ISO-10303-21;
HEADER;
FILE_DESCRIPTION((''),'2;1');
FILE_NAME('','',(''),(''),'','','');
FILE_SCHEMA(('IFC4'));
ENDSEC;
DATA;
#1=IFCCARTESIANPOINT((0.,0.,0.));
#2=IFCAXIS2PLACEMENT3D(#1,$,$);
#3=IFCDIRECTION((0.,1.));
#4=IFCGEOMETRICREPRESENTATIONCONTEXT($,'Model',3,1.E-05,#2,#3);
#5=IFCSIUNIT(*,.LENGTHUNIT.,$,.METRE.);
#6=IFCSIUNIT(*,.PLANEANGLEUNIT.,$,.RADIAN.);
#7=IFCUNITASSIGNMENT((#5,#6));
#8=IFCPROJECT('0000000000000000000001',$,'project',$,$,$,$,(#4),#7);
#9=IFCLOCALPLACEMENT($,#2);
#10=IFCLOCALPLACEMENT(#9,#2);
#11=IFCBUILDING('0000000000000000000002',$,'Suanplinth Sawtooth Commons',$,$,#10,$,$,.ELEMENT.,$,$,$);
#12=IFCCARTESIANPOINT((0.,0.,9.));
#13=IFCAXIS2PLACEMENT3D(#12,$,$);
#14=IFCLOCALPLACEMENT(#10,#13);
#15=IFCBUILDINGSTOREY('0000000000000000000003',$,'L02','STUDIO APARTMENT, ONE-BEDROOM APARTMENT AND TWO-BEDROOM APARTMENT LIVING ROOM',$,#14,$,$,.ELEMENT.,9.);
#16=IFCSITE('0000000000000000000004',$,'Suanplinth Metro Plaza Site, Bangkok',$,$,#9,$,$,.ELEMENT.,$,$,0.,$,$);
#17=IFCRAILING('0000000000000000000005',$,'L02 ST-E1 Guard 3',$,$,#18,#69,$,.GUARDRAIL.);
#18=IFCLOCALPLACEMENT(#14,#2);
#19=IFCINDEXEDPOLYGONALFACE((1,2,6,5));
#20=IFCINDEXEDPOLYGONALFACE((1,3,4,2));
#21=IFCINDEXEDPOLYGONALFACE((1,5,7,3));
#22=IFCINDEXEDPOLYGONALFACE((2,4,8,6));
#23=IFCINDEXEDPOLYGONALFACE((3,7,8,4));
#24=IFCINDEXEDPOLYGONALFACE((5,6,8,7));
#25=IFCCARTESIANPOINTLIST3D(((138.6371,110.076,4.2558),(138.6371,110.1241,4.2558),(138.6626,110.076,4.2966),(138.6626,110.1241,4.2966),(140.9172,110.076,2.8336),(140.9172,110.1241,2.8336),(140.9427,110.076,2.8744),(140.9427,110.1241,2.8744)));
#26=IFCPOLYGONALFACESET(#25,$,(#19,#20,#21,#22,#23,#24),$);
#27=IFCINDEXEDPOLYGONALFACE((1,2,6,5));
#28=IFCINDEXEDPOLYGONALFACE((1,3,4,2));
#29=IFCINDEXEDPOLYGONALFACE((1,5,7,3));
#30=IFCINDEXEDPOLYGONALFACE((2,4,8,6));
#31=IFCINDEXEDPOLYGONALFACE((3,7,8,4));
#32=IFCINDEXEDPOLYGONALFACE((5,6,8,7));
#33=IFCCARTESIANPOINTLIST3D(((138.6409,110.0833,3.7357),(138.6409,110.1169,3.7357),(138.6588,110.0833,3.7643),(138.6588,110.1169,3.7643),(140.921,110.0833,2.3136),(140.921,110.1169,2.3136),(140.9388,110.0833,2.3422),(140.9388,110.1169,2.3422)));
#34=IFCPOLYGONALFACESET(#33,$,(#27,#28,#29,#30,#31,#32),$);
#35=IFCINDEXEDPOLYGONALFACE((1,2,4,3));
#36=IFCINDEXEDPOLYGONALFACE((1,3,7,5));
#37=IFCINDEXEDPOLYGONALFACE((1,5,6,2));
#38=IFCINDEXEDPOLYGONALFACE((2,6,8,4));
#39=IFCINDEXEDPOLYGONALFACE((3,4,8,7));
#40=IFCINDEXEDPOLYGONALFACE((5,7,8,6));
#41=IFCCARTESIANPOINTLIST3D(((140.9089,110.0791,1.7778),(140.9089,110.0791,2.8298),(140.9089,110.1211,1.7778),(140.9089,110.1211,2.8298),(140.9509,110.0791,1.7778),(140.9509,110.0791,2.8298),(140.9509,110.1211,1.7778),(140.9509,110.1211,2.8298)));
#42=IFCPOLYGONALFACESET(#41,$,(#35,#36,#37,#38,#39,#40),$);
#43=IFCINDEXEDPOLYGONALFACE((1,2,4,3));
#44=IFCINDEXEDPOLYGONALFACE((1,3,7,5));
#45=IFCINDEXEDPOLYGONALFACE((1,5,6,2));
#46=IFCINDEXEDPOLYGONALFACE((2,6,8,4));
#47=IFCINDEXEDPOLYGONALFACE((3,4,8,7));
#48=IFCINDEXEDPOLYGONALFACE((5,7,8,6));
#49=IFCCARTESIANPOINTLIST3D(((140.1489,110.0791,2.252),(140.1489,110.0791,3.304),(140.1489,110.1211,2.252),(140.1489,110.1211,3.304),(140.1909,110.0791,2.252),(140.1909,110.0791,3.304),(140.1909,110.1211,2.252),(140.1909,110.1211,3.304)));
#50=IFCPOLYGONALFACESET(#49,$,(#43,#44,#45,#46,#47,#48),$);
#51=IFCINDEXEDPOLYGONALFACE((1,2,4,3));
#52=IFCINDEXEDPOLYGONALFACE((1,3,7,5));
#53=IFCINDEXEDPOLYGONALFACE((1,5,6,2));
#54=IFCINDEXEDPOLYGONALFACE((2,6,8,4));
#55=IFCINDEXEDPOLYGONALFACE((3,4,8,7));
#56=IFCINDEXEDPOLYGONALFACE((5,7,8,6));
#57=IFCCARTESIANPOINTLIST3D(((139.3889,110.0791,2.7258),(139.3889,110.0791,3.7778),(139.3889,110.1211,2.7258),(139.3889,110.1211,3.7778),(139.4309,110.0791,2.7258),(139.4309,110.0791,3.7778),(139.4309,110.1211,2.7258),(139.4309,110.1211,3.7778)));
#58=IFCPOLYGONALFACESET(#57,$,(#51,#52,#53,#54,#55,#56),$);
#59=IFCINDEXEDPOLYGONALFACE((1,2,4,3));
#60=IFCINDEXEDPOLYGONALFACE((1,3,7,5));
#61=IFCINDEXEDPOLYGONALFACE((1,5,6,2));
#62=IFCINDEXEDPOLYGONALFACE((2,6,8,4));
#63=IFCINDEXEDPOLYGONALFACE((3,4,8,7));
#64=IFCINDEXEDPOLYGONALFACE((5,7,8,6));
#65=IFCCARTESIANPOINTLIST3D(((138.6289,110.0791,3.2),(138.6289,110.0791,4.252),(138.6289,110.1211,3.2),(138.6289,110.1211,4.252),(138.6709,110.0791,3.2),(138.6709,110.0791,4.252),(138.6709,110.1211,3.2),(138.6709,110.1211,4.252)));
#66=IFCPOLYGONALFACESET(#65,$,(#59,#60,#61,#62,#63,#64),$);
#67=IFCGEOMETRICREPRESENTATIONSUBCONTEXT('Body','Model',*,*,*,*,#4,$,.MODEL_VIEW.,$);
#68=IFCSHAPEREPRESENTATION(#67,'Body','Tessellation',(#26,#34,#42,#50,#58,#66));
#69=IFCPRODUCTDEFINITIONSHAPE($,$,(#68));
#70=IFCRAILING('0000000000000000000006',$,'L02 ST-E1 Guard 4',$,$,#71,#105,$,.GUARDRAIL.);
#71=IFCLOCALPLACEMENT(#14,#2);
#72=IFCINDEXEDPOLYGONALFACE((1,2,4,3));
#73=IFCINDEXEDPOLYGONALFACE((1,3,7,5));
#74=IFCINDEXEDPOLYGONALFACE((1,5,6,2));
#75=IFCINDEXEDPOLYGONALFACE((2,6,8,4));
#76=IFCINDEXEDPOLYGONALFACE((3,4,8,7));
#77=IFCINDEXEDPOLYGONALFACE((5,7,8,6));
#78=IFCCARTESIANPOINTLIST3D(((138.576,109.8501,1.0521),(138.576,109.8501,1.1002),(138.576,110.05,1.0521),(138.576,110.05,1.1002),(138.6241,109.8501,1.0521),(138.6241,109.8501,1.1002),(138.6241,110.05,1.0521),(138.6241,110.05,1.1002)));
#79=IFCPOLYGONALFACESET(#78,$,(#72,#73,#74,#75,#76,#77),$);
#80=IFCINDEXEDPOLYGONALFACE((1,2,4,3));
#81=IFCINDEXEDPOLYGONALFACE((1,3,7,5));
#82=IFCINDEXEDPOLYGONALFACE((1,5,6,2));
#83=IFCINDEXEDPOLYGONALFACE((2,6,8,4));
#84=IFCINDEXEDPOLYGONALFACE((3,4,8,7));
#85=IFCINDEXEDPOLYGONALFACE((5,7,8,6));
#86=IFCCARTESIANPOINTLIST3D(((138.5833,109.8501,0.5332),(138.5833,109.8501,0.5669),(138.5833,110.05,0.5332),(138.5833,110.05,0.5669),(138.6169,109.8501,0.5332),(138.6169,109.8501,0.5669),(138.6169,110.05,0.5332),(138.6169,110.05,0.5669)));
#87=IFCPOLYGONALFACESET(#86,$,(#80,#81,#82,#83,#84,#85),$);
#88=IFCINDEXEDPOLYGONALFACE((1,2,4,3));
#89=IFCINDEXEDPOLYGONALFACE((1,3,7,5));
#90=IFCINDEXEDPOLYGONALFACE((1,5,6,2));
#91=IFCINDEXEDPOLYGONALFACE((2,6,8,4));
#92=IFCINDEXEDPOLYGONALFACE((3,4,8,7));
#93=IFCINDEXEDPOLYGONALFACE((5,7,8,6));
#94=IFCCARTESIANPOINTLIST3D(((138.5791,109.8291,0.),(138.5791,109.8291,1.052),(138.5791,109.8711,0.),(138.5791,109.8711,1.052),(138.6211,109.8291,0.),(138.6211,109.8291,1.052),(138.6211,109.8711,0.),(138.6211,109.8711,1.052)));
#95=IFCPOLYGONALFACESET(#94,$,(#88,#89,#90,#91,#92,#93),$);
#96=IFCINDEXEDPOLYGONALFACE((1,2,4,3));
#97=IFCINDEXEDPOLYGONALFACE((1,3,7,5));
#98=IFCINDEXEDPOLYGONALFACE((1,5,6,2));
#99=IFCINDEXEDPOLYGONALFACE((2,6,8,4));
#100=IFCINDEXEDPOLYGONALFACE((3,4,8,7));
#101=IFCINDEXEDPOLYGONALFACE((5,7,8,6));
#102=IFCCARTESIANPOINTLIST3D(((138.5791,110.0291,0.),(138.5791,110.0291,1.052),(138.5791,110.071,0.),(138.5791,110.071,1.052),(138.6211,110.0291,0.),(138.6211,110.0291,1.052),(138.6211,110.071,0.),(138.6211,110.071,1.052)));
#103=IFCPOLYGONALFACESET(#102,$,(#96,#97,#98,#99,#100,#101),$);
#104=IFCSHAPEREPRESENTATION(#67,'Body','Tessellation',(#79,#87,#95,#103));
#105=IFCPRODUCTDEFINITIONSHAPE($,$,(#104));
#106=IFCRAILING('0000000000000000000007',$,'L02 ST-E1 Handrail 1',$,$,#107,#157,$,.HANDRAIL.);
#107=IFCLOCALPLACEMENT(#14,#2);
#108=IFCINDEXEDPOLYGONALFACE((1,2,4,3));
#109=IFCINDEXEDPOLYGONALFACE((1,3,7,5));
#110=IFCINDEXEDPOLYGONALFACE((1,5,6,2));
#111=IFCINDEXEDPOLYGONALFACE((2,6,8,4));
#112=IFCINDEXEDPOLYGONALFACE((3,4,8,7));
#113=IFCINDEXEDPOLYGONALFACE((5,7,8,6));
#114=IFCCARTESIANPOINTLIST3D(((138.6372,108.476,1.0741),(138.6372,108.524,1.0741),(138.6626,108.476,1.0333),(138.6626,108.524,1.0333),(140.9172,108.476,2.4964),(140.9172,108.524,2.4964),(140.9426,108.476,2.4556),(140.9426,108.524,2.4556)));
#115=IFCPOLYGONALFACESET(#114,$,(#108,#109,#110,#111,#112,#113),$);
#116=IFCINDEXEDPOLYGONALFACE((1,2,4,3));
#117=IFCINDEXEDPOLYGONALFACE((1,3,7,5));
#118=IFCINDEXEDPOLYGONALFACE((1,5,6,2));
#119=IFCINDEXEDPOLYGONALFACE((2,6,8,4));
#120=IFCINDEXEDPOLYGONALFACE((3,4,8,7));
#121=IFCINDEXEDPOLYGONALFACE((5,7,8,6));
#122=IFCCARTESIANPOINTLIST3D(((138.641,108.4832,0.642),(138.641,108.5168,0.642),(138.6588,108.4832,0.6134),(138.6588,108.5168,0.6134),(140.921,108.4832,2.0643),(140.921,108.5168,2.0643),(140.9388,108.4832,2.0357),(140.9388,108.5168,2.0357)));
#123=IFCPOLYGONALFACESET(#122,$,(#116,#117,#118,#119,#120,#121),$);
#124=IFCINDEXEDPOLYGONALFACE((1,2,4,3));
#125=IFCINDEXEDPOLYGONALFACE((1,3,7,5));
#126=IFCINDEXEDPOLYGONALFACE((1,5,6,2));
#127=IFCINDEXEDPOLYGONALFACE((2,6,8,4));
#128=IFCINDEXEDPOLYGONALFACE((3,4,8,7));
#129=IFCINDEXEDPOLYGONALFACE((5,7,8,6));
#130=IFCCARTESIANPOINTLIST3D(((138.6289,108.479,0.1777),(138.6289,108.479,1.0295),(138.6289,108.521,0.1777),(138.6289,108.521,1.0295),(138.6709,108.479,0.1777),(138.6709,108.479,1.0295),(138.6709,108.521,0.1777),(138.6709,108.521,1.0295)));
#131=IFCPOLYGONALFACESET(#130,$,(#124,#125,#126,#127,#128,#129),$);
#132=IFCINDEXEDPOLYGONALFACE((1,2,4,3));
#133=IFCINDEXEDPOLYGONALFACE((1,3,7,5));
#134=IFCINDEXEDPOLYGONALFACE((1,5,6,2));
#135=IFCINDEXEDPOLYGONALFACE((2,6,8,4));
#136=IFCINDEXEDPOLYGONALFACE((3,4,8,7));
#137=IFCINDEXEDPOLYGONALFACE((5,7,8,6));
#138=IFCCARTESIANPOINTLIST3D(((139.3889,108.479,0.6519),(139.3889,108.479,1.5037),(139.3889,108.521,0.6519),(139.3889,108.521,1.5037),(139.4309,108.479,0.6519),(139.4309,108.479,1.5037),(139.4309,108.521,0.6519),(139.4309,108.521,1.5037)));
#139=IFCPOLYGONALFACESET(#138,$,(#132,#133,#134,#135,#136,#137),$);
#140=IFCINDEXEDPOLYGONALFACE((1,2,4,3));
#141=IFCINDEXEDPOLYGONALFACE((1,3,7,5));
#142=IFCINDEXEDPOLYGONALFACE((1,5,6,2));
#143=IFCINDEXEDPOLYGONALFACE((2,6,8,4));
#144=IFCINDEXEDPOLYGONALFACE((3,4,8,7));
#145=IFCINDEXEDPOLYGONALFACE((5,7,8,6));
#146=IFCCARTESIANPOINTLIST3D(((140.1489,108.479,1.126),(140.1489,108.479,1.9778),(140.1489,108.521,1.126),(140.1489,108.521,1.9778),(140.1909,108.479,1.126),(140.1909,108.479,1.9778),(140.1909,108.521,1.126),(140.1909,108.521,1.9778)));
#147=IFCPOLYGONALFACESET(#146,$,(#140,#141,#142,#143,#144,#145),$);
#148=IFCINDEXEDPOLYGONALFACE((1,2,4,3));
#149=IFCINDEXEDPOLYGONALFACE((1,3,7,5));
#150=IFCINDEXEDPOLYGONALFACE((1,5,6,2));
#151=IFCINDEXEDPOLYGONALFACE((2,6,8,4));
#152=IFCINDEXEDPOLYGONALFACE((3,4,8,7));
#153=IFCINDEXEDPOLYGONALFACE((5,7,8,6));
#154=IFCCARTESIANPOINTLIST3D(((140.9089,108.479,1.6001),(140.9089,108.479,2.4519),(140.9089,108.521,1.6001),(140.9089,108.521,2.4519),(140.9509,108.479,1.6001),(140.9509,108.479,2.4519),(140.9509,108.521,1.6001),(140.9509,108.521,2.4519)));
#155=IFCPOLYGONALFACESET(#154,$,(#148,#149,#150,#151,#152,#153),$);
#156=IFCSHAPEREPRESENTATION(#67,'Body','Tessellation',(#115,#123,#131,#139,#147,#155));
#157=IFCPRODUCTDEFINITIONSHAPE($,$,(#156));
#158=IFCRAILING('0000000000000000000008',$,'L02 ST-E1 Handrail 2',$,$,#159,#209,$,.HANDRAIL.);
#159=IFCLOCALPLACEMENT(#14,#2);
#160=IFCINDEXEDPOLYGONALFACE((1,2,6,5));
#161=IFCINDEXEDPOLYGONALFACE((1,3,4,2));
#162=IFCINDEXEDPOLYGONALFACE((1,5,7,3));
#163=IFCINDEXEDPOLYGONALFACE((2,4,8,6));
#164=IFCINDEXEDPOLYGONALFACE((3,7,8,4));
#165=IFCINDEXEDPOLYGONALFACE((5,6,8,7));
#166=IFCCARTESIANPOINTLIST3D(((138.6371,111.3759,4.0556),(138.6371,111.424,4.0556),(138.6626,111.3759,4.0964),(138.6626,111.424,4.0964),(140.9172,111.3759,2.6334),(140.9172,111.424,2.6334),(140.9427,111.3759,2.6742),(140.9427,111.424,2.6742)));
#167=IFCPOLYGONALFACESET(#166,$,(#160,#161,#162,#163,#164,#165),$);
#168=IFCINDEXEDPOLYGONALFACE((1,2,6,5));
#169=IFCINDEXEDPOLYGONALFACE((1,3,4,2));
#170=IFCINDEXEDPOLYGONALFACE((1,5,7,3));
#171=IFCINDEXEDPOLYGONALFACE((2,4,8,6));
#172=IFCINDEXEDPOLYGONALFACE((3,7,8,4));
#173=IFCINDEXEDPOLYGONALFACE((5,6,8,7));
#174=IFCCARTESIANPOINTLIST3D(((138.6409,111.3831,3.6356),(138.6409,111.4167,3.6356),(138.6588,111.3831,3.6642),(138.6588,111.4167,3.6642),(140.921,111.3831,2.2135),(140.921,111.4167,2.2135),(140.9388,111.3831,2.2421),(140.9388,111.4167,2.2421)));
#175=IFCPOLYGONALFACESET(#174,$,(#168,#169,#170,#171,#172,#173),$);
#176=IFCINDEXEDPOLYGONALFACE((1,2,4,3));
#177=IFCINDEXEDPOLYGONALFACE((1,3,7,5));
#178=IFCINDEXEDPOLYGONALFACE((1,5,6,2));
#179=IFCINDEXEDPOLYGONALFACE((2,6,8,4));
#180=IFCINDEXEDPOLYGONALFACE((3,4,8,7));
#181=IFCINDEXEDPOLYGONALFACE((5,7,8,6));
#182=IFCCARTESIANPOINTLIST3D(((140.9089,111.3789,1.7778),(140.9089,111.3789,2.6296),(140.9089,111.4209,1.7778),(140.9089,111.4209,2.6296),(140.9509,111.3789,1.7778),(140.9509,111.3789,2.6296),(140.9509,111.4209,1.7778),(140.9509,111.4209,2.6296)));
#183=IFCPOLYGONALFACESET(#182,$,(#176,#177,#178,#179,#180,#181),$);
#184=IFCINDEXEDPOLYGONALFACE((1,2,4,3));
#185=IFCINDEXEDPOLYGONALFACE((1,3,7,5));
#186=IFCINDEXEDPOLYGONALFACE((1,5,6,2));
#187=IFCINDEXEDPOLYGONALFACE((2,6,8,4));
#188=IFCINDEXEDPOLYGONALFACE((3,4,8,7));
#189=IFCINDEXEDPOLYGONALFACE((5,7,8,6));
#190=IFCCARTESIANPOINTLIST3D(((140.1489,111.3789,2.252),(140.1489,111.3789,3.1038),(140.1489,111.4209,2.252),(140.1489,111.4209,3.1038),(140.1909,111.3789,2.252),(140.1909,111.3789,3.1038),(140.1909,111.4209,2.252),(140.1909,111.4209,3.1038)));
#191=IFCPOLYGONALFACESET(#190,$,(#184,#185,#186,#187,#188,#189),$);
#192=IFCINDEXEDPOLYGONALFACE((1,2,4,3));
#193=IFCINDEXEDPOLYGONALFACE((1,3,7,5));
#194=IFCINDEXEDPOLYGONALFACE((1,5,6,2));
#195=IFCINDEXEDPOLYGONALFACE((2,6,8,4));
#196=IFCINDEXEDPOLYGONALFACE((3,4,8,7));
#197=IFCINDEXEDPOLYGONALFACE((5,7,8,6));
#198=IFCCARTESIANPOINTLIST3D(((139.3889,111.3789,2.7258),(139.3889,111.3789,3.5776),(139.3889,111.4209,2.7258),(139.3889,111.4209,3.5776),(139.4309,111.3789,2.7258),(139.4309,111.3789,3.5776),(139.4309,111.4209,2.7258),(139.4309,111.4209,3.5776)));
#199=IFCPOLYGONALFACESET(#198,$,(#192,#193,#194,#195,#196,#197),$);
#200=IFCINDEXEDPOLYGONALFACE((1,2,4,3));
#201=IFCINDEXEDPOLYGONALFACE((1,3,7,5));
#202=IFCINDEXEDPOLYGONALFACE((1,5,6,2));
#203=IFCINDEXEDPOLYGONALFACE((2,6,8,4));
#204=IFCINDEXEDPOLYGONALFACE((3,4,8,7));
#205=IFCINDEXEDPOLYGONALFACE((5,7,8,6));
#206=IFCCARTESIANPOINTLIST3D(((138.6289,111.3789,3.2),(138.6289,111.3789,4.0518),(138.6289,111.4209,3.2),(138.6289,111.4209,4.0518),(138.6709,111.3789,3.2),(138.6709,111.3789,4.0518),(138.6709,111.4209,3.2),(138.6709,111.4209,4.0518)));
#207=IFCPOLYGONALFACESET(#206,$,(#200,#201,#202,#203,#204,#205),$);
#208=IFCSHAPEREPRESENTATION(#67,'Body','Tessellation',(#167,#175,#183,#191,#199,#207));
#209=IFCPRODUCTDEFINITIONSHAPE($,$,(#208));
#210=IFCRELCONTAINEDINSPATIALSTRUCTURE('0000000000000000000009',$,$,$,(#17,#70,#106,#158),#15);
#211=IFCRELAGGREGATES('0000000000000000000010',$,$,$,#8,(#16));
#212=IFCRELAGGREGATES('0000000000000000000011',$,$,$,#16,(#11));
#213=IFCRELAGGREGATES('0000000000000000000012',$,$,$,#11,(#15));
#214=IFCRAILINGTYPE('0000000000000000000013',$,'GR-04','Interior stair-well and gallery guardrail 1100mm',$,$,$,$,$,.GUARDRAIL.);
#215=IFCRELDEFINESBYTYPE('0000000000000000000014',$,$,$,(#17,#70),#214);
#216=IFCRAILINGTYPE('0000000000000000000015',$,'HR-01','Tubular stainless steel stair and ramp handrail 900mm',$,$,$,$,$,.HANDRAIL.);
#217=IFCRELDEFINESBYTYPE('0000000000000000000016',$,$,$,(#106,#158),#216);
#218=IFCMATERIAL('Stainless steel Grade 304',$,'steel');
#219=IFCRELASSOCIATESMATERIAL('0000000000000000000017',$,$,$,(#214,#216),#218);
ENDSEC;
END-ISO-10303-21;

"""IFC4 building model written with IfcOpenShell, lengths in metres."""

from ifc_helpers import new_model, si_unit, direction, frame, origin, origin_2d, place, context, subcontext, project, spatial, rectangle, extrude, material, type_object, element, save


model = new_model("IFC4")

# Units and contexts
model_context = context("Model", 3, precision=1e-05, world=origin(), true_north=direction((0.0, 1.0)))
body_context = subcontext(model_context, "Body", "Model", "MODEL_VIEW")
ifc_project = project(units=[si_unit("LENGTHUNIT", "METRE"), si_unit("PLANEANGLEUNIT", "RADIAN")], contexts=[model_context])

# Site, building, storey
site_placement = place(None, origin())
site = spatial("IfcSite", under=ifc_project, at=site_placement, Name="Suanplinth Metro Plaza Site, Bangkok", CompositionType="ELEMENT", RefElevation=0.0)
building_placement = place(site_placement, origin())
building = spatial("IfcBuilding", under=site, at=building_placement, Name="Suanplinth Sawtooth Commons", CompositionType="ELEMENT")
storey_placement = place(building_placement, frame((0.0, 0.0, 9.0)))
storey = spatial("IfcBuildingStorey", under=building, at=storey_placement, Name="L02", Description="STUDIO APARTMENT, ONE-BEDROOM APARTMENT AND TWO-BEDROOM APARTMENT LIVING ROOM", CompositionType="ELEMENT", Elevation=9.0)

# Shared definitions
ifc_material_1 = material(Name="Stainless steel Grade 304", Category="steel")

# Railings
railing_type_1 = type_object("IfcRailingType", Name="GR-04", Description="Interior stair-well and gallery guardrail 1100mm", PredefinedType="GUARDRAIL", material=ifc_material_1)
railing_1_placement = place(storey_placement, frame((140.9299, 110.1001, 1.7778)))
element("IfcRailing", 1, at=railing_1_placement, inside=storey, type_object=railing_type_1, Name="L02 ST-E1 Guard 3", PredefinedType="GUARDRAIL", context=body_context, shape_type="SweptSolid", body=[
    extrude(rectangle(XDim=0.0481, YDim=0.0481, at=origin_2d()), frame((0.0, 0.0, 1.0762), z_axis=(-0.848483, 0.0, 0.529223), x_axis=(0.0, -1.0, 0.0)), (0.0, 0.0, 1.0), 2.6873),
    extrude(rectangle(XDim=0.0337, YDim=0.0337, at=origin_2d()), frame((0.0, 0.0, 0.55), z_axis=(-0.848483, 0.0, 0.529223), x_axis=(0.0, -1.0, 0.0)), (0.0, 0.0, 1.0), 2.6873),
    extrude(rectangle(XDim=0.042, YDim=0.042, at=origin_2d()), origin(), (0.0, 0.0, 1.0), 1.052),
    extrude(rectangle(XDim=0.042, YDim=0.042, at=origin_2d()), frame((-0.76, 0.0, 0.4741)), (0.0, 0.0, 1.0), 1.052),
    extrude(rectangle(XDim=0.042, YDim=0.042, at=origin_2d()), frame((-1.52, 0.0, 0.948)), (0.0, 0.0, 1.0), 1.052),
    extrude(rectangle(XDim=0.042, YDim=0.042, at=origin_2d()), frame((-2.28, 0.0, 1.4221)), (0.0, 0.0, 1.0), 1.052),
])
railing_2_placement = place(storey_placement, frame((138.6001, 109.8501, 0.0)))
element("IfcRailing", 2, at=railing_2_placement, inside=storey, type_object=railing_type_1, Name="L02 ST-E1 Guard 4", PredefinedType="GUARDRAIL", context=body_context, shape_type="SweptSolid", body=[
    extrude(rectangle(XDim=0.0481, YDim=0.0481, at=origin_2d()), frame((0.0, 0.0, 1.0762), z_axis=(0.0, 1.0, 0.0), x_axis=(-1.0, 0.0, 0.0)), (0.0, 0.0, 1.0), 0.2),
    extrude(rectangle(XDim=0.0337, YDim=0.0337, at=origin_2d()), frame((0.0, 0.0, 0.55), z_axis=(0.0, 1.0, 0.0), x_axis=(-1.0, 0.0, 0.0)), (0.0, 0.0, 1.0), 0.2),
    extrude(rectangle(XDim=0.042, YDim=0.042, at=origin_2d()), origin(), (0.0, 0.0, 1.0), 1.052),
    extrude(rectangle(XDim=0.042, YDim=0.042, at=origin_2d()), frame((0.0, 0.2, 0.0)), (0.0, 0.0, 1.0), 1.052),
])
railing_type_2 = type_object("IfcRailingType", Name="HR-01", Description="Tubular stainless steel stair and ramp handrail 900mm", PredefinedType="HANDRAIL", material=ifc_material_1)
railing_3_placement = place(storey_placement, frame((138.6499, 108.5, 0.1777)))
element("IfcRailing", 3, at=railing_3_placement, inside=storey, type_object=railing_type_2, Name="L02 ST-E1 Handrail 1", PredefinedType="HANDRAIL", context=body_context, shape_type="SweptSolid", body=[
    extrude(rectangle(XDim=0.0481, YDim=0.0481, at=origin_2d()), frame((0.0, 0.0, 0.876), z_axis=(0.848442, 0.0, 0.529288), x_axis=(0.0, 1.0, 0.0)), (0.0, 0.0, 1.0), 2.6873),
    extrude(rectangle(XDim=0.0337, YDim=0.0337, at=origin_2d()), frame((0.0, 0.0, 0.45), z_axis=(0.848442, 0.0, 0.529288), x_axis=(0.0, 1.0, 0.0)), (0.0, 0.0, 1.0), 2.6873),
    extrude(rectangle(XDim=0.042, YDim=0.042, at=origin_2d()), origin(), (0.0, 0.0, 1.0), 0.8518),
    extrude(rectangle(XDim=0.042, YDim=0.042, at=origin_2d()), frame((0.76, 0.0, 0.4741)), (0.0, 0.0, 1.0), 0.8518),
    extrude(rectangle(XDim=0.042, YDim=0.042, at=origin_2d()), frame((1.52, 0.0, 0.9482)), (0.0, 0.0, 1.0), 0.8518),
    extrude(rectangle(XDim=0.042, YDim=0.042, at=origin_2d()), frame((2.28, 0.0, 1.4224)), (0.0, 0.0, 1.0), 0.8518),
])
railing_4_placement = place(storey_placement, frame((140.9299, 111.3999, 1.7778)))
element("IfcRailing", 4, at=railing_4_placement, inside=storey, type_object=railing_type_2, Name="L02 ST-E1 Handrail 2", PredefinedType="HANDRAIL", context=body_context, shape_type="SweptSolid", body=[
    extrude(rectangle(XDim=0.0481, YDim=0.0481, at=origin_2d()), frame((0.0, 0.0, 0.876), z_axis=(-0.848483, 0.0, 0.529223), x_axis=(0.0, -1.0, 0.0)), (0.0, 0.0, 1.0), 2.6873),
    extrude(rectangle(XDim=0.0337, YDim=0.0337, at=origin_2d()), frame((0.0, 0.0, 0.45), z_axis=(-0.848483, 0.0, 0.529223), x_axis=(0.0, -1.0, 0.0)), (0.0, 0.0, 1.0), 2.6873),
    extrude(rectangle(XDim=0.042, YDim=0.042, at=origin_2d()), origin(), (0.0, 0.0, 1.0), 0.8518),
    extrude(rectangle(XDim=0.042, YDim=0.042, at=origin_2d()), frame((-0.76, 0.0, 0.4741)), (0.0, 0.0, 1.0), 0.8518),
    extrude(rectangle(XDim=0.042, YDim=0.042, at=origin_2d()), frame((-1.52, 0.0, 0.948)), (0.0, 0.0, 1.0), 0.8518),
    extrude(rectangle(XDim=0.042, YDim=0.042, at=origin_2d()), frame((-2.28, 0.0, 1.4221)), (0.0, 0.0, 1.0), 0.8518),
])

save(model, "model.ifc")
